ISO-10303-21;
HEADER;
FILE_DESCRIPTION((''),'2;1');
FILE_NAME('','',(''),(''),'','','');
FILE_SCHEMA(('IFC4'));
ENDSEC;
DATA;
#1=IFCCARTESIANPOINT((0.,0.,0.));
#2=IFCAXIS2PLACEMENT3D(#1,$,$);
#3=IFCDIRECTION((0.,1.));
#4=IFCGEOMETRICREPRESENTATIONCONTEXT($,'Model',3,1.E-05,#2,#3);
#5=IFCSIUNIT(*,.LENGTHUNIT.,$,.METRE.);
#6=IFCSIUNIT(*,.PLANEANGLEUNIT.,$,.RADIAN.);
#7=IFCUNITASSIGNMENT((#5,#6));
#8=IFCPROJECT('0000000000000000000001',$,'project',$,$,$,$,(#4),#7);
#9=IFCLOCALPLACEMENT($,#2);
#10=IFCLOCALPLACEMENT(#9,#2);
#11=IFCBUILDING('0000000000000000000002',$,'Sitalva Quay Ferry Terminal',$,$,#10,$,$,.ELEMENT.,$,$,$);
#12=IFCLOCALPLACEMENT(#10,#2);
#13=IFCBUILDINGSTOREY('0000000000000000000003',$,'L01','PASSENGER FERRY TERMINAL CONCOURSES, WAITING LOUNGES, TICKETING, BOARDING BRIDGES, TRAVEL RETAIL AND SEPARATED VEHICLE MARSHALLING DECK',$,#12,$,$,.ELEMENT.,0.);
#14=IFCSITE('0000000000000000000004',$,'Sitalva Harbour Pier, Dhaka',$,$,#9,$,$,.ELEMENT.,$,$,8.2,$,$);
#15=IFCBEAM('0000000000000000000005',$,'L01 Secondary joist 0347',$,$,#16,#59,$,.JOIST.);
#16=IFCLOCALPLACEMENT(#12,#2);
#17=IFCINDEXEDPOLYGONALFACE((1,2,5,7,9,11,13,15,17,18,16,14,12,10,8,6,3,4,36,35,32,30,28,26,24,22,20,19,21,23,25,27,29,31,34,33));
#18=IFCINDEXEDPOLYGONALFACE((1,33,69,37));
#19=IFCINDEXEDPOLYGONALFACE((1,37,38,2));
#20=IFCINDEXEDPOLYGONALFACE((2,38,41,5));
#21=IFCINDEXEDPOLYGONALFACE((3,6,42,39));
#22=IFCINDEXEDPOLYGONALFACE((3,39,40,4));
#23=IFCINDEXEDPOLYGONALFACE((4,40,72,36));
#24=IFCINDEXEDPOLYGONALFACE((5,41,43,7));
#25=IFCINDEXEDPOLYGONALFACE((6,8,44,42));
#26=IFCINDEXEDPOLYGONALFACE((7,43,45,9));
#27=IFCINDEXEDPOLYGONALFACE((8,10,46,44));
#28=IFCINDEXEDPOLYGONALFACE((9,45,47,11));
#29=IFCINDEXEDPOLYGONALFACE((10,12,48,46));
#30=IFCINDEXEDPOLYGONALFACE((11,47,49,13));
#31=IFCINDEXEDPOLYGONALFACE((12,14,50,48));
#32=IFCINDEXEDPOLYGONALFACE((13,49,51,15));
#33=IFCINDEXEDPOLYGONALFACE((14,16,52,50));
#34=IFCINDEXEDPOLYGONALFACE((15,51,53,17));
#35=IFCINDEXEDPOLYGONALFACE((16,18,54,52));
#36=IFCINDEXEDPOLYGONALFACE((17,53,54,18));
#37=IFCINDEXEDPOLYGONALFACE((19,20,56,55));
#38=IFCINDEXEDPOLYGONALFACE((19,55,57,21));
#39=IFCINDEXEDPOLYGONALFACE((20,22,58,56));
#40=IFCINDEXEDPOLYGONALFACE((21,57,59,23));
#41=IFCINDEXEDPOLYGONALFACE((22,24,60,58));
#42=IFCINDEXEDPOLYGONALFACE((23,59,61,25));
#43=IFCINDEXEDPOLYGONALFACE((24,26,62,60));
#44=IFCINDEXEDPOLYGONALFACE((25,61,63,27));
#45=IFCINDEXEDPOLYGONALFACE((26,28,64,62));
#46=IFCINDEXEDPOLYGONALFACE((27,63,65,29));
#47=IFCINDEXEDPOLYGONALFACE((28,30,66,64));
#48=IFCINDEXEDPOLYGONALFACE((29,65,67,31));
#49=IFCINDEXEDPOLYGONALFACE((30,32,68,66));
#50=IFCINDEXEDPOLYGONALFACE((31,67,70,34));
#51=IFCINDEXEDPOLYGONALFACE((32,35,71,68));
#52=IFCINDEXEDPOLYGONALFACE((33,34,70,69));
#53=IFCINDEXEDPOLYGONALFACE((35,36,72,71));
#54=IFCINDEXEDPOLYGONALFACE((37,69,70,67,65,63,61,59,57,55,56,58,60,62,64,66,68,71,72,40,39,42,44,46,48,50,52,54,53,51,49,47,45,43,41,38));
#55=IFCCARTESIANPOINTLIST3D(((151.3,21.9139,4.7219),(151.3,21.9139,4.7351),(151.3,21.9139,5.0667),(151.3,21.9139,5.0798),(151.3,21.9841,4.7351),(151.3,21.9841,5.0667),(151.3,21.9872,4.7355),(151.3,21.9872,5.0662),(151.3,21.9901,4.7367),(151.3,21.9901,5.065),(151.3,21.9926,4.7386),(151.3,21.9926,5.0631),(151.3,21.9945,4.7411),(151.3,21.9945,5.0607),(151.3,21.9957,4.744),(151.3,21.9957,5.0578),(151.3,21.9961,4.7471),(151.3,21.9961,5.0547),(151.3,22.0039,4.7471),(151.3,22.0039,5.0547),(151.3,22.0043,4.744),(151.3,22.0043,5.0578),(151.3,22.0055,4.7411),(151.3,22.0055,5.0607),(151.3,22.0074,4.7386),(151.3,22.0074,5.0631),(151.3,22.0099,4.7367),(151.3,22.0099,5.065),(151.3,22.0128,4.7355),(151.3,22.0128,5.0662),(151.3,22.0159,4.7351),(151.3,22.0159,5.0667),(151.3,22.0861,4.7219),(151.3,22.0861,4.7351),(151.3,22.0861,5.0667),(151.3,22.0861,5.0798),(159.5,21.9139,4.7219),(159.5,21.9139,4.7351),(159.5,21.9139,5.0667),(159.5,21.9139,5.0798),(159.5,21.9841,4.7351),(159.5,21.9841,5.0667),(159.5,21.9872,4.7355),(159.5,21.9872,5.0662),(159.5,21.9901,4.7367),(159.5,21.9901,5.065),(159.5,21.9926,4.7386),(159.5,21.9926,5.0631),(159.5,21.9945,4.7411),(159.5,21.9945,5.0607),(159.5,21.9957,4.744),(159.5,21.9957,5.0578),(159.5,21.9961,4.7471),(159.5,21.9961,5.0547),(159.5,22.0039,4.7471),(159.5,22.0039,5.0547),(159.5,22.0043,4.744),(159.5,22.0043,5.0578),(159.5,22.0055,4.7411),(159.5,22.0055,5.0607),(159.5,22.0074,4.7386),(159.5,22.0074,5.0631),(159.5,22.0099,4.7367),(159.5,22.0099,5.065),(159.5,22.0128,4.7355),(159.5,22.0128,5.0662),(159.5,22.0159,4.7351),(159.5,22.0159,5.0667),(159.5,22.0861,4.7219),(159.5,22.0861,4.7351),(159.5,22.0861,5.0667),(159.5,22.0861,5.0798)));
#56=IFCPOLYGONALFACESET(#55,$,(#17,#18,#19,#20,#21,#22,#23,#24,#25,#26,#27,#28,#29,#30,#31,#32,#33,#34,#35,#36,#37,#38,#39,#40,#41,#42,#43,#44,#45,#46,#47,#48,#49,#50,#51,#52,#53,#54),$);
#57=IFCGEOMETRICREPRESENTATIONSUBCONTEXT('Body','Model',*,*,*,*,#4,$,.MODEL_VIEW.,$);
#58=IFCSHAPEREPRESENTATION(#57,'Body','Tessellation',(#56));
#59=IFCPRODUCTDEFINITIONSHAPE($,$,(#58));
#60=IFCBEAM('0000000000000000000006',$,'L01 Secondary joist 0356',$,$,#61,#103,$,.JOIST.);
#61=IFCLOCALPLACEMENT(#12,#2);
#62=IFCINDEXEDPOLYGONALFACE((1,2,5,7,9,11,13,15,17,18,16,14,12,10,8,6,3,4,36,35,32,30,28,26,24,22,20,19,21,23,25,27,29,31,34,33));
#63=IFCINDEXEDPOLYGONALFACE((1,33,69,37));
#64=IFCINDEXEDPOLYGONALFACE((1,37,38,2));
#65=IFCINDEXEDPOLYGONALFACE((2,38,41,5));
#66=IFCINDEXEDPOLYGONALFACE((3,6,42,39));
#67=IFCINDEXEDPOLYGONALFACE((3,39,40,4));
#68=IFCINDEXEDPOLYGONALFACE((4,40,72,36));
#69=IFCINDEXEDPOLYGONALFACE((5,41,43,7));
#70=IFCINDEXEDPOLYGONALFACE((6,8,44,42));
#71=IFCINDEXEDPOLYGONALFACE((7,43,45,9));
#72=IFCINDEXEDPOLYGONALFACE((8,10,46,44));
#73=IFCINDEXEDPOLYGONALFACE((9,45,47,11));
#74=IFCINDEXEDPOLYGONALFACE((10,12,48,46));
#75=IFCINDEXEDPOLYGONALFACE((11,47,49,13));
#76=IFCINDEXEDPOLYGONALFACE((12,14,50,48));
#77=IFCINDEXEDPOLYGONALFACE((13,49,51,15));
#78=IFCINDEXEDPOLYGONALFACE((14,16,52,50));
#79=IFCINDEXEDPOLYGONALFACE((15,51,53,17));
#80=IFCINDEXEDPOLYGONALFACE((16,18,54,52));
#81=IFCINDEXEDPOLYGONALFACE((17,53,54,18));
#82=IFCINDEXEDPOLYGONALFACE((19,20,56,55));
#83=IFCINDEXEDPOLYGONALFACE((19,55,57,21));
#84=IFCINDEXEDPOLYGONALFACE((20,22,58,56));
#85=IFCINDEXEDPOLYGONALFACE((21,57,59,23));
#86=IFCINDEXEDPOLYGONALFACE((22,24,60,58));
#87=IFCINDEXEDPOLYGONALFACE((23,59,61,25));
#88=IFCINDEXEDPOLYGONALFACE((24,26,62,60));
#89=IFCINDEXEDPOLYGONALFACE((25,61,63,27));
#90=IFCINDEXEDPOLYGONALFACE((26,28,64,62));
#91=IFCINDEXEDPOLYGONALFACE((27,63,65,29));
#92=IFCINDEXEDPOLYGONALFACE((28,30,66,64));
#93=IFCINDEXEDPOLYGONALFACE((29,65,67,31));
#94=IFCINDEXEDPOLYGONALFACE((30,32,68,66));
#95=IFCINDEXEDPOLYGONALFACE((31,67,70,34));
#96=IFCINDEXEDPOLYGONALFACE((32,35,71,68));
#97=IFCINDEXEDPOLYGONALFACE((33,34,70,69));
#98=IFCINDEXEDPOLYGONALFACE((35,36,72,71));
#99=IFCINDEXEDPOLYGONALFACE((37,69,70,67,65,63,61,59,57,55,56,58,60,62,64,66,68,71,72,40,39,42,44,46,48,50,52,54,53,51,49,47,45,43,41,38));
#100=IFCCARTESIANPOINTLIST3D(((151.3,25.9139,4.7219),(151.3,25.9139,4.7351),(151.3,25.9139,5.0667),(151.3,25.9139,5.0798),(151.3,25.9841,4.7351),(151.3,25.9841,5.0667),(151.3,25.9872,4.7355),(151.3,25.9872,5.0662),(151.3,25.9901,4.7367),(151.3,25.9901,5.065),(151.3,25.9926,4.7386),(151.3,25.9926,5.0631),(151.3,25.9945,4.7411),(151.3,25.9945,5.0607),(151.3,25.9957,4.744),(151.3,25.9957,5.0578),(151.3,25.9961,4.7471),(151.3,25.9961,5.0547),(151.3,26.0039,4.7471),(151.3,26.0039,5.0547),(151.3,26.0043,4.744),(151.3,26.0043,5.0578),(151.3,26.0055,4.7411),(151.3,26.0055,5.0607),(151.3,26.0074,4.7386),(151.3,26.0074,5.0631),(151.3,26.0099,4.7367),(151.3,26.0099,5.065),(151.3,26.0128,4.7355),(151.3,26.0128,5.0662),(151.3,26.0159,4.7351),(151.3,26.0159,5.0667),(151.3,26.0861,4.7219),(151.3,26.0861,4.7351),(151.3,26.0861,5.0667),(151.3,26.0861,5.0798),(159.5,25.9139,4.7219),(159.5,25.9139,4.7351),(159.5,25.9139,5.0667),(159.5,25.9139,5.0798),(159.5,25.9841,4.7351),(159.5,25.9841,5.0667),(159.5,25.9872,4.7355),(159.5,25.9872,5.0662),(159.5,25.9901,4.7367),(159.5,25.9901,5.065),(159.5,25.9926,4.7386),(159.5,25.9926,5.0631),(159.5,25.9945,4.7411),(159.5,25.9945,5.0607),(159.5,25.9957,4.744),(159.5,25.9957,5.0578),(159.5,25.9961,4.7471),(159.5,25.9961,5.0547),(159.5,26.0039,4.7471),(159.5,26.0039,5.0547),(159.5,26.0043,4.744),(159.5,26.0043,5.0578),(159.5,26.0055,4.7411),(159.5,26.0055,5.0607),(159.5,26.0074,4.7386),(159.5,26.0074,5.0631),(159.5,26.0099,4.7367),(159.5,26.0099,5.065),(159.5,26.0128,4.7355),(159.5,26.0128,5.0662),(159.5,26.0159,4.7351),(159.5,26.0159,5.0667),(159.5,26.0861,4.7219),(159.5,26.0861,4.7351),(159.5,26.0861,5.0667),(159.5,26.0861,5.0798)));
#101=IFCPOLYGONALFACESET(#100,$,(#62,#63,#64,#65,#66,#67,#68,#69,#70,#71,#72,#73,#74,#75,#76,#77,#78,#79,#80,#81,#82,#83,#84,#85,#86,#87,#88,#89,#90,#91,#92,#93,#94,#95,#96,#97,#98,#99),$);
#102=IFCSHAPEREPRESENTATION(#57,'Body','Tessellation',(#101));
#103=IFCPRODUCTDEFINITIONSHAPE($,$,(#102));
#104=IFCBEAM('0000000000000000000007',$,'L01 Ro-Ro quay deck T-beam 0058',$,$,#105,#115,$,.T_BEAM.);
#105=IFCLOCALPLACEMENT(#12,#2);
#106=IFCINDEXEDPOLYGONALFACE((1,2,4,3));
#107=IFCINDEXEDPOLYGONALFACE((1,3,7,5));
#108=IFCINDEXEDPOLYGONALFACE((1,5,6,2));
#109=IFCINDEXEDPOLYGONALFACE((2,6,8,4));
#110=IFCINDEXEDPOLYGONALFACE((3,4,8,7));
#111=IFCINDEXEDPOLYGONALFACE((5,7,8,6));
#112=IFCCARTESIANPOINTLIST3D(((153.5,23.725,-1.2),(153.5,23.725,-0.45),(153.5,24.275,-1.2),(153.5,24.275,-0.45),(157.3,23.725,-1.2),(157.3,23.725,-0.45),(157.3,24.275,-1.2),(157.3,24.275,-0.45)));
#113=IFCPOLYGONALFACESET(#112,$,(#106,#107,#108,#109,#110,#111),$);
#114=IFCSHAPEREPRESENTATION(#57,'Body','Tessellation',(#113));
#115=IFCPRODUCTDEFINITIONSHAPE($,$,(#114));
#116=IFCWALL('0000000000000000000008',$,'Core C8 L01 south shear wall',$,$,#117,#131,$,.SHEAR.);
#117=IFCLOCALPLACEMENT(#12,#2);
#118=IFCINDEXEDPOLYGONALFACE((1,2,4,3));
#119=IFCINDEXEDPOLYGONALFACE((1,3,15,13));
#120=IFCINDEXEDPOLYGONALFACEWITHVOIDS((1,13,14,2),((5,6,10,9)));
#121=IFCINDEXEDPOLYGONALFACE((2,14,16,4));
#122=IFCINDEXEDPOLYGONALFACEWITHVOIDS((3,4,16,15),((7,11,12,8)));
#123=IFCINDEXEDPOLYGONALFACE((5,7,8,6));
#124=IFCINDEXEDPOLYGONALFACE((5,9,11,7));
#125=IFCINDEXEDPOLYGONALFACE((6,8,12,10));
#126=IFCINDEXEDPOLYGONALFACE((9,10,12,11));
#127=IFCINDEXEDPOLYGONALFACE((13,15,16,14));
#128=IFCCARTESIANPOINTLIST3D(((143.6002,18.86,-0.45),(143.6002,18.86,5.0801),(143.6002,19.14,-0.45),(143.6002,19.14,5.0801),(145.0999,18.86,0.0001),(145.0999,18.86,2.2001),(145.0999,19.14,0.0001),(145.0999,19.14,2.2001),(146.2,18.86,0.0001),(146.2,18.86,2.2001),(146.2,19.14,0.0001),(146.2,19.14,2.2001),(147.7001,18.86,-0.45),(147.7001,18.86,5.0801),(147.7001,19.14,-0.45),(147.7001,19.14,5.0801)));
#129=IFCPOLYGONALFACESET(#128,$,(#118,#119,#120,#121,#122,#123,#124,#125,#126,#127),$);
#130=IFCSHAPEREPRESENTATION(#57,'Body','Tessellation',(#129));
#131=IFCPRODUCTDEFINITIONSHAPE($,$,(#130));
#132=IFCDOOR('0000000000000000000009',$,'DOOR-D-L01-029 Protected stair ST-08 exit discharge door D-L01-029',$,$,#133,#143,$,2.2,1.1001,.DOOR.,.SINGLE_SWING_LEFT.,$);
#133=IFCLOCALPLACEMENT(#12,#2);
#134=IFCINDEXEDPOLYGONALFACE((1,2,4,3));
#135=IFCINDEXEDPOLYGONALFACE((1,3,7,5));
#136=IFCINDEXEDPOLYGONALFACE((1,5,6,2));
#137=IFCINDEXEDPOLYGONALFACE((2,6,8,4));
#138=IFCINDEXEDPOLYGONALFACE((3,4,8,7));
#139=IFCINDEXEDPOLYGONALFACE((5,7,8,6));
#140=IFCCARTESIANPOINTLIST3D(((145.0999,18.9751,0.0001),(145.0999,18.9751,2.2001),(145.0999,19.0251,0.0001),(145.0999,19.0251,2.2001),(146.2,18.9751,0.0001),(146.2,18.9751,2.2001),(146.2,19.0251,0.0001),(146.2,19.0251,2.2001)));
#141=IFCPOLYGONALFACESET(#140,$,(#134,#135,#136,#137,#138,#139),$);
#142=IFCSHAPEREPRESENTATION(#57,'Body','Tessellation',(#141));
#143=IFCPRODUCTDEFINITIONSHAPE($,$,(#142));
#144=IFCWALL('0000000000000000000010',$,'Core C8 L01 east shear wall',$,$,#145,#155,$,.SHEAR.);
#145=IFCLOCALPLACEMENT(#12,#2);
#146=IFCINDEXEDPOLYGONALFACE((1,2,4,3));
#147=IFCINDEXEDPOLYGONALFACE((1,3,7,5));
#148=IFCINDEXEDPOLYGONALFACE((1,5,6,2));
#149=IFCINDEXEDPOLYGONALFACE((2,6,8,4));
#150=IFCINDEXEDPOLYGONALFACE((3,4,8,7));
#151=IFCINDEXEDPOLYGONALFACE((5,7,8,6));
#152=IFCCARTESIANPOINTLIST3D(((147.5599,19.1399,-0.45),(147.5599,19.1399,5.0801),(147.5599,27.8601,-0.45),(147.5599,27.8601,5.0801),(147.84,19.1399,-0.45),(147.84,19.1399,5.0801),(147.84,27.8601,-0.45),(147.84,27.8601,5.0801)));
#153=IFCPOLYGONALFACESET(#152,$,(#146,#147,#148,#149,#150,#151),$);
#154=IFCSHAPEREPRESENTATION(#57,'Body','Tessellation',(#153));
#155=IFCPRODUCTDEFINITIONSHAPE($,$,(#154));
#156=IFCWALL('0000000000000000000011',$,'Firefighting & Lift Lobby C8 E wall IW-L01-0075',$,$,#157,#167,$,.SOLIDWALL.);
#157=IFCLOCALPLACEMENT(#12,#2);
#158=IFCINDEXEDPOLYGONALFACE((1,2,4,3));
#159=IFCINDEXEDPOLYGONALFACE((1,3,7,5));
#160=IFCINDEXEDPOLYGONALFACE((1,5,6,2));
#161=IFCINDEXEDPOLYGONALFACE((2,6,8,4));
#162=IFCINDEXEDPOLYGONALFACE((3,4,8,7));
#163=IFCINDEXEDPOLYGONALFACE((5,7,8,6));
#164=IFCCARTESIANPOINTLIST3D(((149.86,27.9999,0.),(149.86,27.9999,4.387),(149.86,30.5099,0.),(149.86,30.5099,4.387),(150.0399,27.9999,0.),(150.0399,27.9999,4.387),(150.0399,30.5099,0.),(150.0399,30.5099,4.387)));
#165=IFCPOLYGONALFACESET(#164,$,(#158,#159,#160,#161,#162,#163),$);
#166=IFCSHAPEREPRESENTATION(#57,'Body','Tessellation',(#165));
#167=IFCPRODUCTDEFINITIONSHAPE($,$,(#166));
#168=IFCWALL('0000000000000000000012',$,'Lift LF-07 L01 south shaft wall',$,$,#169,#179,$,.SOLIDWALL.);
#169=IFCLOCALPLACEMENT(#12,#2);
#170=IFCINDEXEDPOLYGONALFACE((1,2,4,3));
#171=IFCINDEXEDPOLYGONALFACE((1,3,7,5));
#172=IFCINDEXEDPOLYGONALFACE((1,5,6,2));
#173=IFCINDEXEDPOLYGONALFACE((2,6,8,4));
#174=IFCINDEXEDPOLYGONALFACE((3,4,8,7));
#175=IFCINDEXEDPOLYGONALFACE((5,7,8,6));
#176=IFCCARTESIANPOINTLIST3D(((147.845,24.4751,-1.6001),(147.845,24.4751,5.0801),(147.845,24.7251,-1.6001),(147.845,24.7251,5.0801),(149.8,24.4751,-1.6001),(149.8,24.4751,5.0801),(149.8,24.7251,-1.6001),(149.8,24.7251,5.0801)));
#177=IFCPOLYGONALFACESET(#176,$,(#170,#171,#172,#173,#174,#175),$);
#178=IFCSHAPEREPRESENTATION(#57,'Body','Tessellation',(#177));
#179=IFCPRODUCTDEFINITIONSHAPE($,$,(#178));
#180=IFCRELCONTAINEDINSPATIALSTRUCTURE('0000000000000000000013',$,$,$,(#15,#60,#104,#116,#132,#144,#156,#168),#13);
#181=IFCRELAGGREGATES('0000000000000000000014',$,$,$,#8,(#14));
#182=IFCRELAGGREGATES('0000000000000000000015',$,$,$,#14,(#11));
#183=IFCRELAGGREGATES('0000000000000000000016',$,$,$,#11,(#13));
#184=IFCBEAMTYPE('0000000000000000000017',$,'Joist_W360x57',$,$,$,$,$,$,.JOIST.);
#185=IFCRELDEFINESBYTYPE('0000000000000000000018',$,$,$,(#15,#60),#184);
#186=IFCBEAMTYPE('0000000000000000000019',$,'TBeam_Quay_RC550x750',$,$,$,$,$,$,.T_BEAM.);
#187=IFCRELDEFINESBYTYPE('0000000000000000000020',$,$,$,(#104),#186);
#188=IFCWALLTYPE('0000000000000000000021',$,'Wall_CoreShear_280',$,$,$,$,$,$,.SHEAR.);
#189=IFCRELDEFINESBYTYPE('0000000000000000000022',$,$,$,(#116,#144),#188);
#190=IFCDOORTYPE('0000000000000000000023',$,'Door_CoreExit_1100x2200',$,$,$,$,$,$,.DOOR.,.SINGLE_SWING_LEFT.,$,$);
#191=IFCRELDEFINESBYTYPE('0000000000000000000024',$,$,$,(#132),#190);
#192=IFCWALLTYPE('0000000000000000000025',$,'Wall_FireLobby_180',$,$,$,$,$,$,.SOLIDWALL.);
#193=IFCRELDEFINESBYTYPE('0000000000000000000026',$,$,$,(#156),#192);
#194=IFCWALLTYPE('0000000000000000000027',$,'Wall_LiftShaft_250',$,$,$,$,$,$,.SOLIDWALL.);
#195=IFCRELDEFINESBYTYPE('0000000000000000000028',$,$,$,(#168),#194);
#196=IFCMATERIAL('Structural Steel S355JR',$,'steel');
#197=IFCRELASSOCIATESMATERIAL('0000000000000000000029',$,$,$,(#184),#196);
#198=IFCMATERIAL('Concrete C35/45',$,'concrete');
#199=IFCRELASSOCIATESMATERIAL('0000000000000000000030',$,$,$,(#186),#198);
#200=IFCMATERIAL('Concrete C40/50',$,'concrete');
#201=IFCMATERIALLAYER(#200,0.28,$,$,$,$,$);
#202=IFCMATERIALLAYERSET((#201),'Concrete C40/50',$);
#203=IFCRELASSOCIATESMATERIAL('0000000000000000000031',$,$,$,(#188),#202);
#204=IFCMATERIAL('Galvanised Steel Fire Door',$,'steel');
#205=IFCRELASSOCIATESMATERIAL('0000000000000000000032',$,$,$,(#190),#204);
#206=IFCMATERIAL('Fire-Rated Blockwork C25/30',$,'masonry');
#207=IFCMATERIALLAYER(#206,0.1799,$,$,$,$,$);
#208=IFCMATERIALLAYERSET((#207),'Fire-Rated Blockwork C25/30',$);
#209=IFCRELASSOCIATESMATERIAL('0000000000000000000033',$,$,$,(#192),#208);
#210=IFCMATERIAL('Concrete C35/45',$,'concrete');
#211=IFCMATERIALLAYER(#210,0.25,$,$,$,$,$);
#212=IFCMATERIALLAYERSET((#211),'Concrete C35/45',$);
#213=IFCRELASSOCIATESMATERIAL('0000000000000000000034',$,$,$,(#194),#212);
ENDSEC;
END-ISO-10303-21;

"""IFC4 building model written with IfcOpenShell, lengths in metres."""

from ifc_helpers import new_model, si_unit, direction, frame, frame_2d, origin, origin_2d, place, context, subcontext, project, spatial, rectangle, i_section, extrude, material, layer, layer_set, material_profile, profile_set, type_object, element, fill, save


model = new_model("IFC4")

# Units and contexts
model_context = context("Model", 3, precision=1e-05, world=origin(), true_north=direction((0.0, 1.0)))
body_context = subcontext(model_context, "Body", "Model", "MODEL_VIEW")
ifc_project = project(units=[si_unit("LENGTHUNIT", "METRE"), si_unit("PLANEANGLEUNIT", "RADIAN")], contexts=[model_context])

# Site, building, storey
site_placement = place(None, origin())
site = spatial("IfcSite", under=ifc_project, at=site_placement, Name="Sitalva Harbour Pier, Dhaka", CompositionType="ELEMENT", RefElevation=8.2)
building_placement = place(site_placement, origin())
building = spatial("IfcBuilding", under=site, at=building_placement, Name="Sitalva Quay Ferry Terminal", CompositionType="ELEMENT")
storey_placement = place(building_placement, origin())
storey = spatial("IfcBuildingStorey", under=building, at=storey_placement, Name="L01", Description="PASSENGER FERRY TERMINAL CONCOURSES, WAITING LOUNGES, TICKETING, BOARDING BRIDGES, TRAVEL RETAIL AND SEPARATED VEHICLE MARSHALLING DECK", CompositionType="ELEMENT", Elevation=0.0)

# Beams
ifc_material_1 = material(Name="Structural Steel S355JR", Category="steel")
ifc_material_profile_1 = material_profile(ifc_material_1, i_section(OverallWidth=0.1721, OverallDepth=0.3579, WebThickness=0.0078, FlangeThickness=0.0132, FilletRadius=0.012, at=origin_2d()), Name="W360x57")
ifc_profile_set_1 = profile_set([ifc_material_profile_1], Name="Structural Steel S355JR")
beam_type_1 = type_object("IfcBeamType", Name="Joist_W360x57", PredefinedType="JOIST", material=ifc_profile_set_1)
for number, where, z_axis, x_axis, name in (
    (1, (151.3, 22.0, 4.9009), (1.0, 0.0, 0.0), (0.0, 1.0, 0.0), "L01 Secondary joist 0347"),
    (2, (151.3, 26.0, 4.9009), (1.0, 0.0, 0.0), (0.0, 1.0, 0.0), "L01 Secondary joist 0356"),
):
    element("IfcBeam", number, at=place(storey_placement, frame(where, z_axis=z_axis, x_axis=x_axis)), inside=storey, type_object=beam_type_1, Name=name, PredefinedType="JOIST", context=body_context, shape_type="SweptSolid", body=[
        extrude(i_section(OverallWidth=0.1721, OverallDepth=0.3579, WebThickness=0.0078, FlangeThickness=0.0132, FilletRadius=0.012, at=origin_2d()), origin(), (0.0, 0.0, 1.0), 8.2),
    ])
ifc_material_2 = material(Name="Concrete C35/45", Category="concrete")
ifc_material_profile_2 = material_profile(ifc_material_2, rectangle(XDim=0.55, YDim=0.75, at=origin_2d()), Name="RC550x750")
ifc_profile_set_2 = profile_set([ifc_material_profile_2], Name="Concrete C35/45")
beam_type_2 = type_object("IfcBeamType", Name="TBeam_Quay_RC550x750", PredefinedType="T_BEAM", material=ifc_profile_set_2)
beam_placement = place(storey_placement, frame((153.5, 24.0, -0.825), z_axis=(1.0, 0.0, 0.0), x_axis=(0.0, 1.0, 0.0)))
element("IfcBeam", 3, at=beam_placement, inside=storey, type_object=beam_type_2, Name="L01 Ro-Ro quay deck T-beam 0058", PredefinedType="T_BEAM", context=body_context, shape_type="SweptSolid", body=[
    extrude(rectangle(XDim=0.55, YDim=0.75, at=origin_2d()), origin(), (0.0, 0.0, 1.0), 3.8),
])

# Wall, opening, door
ifc_material_3 = material(Name="Concrete C40/50", Category="concrete")
ifc_layer_1 = layer(ifc_material_3, 0.28)
ifc_layer_set_1 = layer_set([ifc_layer_1], Name="Concrete C40/50")
wall_type_1 = type_object("IfcWallType", Name="Wall_CoreShear_280", PredefinedType="SHEAR", material=ifc_layer_set_1)
wall_1_placement = place(storey_placement, frame((147.7, 19.0, -0.45), z_axis=(0.0, 0.0, 1.0), x_axis=(-1.0, 0.0, 0.0)))
wall_1 = element("IfcWall", 4, at=wall_1_placement, inside=storey, type_object=wall_type_1, Name="Core C8 L01 south shear wall", PredefinedType="SHEAR", context=body_context, shape_type="SweptSolid", body=[
    extrude(rectangle(XDim=4.0999, YDim=0.28, at=frame_2d((2.0498, 0.0))), origin(), (0.0, 0.0, 1.0), 5.53),
])
opening_1_placement = place(wall_1_placement, frame((1.5, 0.0, 0.45)))
opening_1 = element("IfcOpeningElement", 5, at=opening_1_placement, cuts=wall_1, PredefinedType="OPENING", context=body_context, shape_type="SweptSolid", body=[
    extrude(rectangle(XDim=1.1001, YDim=2.2, at=frame_2d((0.55, 1.1001))), frame((0.0, 0.1499, 0.0), z_axis=(0.0, -1.0, 0.0), x_axis=(1.0, 0.0, 0.0)), (0.0, 0.0, 1.0), 0.3),
])
ifc_material_4 = material(Name="Galvanised Steel Fire Door", Category="steel")
door_type_1 = type_object("IfcDoorType", Name="Door_CoreExit_1100x2200", OperationType="SINGLE_SWING_LEFT", PredefinedType="DOOR", material=ifc_material_4)
door_1_placement = place(opening_1_placement, origin())
door_1 = element("IfcDoor", 6, at=door_1_placement, inside=storey, type_object=door_type_1, Name="DOOR-D-L01-029 Protected stair ST-08 exit discharge door D-L01-029", OperationType="SINGLE_SWING_LEFT", OverallHeight=2.2, OverallWidth=1.1001, PredefinedType="DOOR", context=body_context, shape_type="SweptSolid", body=[
    extrude(rectangle(XDim=1.1001, YDim=2.2, at=frame_2d((0.55, 1.1001))), frame((0.0, 0.0249, 0.0), z_axis=(0.0, -1.0, 0.0), x_axis=(1.0, 0.0, 0.0)), (0.0, 0.0, 1.0), 0.05),
])
fill(opening_1, door_1)

# Walls
wall_2_placement = place(storey_placement, frame((147.7, 19.1399, -0.45), z_axis=(0.0, 0.0, 1.0), x_axis=(0.0, 1.0, 0.0)))
element("IfcWall", 7, at=wall_2_placement, inside=storey, type_object=wall_type_1, Name="Core C8 L01 east shear wall", PredefinedType="SHEAR", context=body_context, shape_type="SweptSolid", body=[
    extrude(rectangle(XDim=8.7202, YDim=0.28, at=frame_2d((4.3601, 0.0))), origin(), (0.0, 0.0, 1.0), 5.53),
])
ifc_material_5 = material(Name="Fire-Rated Blockwork C25/30", Category="masonry")
ifc_layer_2 = layer(ifc_material_5, 0.1799)
ifc_layer_set_2 = layer_set([ifc_layer_2], Name="Fire-Rated Blockwork C25/30")
wall_type_2 = type_object("IfcWallType", Name="Wall_FireLobby_180", PredefinedType="SOLIDWALL", material=ifc_layer_set_2)
wall_3_placement = place(storey_placement, frame((149.95, 28.0, 0.0), z_axis=(0.0, 0.0, 1.0), x_axis=(0.0, 1.0, 0.0)))
element("IfcWall", 8, at=wall_3_placement, inside=storey, type_object=wall_type_2, Name="Firefighting & Lift Lobby C8 E wall IW-L01-0075", PredefinedType="SOLIDWALL", context=body_context, shape_type="SweptSolid", body=[
    extrude(rectangle(XDim=2.51, YDim=0.1799, at=frame_2d((1.2549, 0.0))), origin(), (0.0, 0.0, 1.0), 4.387),
])
ifc_material_6 = material(Name="Concrete C35/45", Category="concrete")
ifc_layer_3 = layer(ifc_material_6, 0.25)
ifc_layer_set_3 = layer_set([ifc_layer_3], Name="Concrete C35/45")
wall_type_3 = type_object("IfcWallType", Name="Wall_LiftShaft_250", PredefinedType="SOLIDWALL", material=ifc_layer_set_3)
wall_4_placement = place(storey_placement, frame((147.845, 24.6001, -1.6001), z_axis=(0.0, 0.0, 1.0), x_axis=(1.0, 0.0, 0.0)))
element("IfcWall", 9, at=wall_4_placement, inside=storey, type_object=wall_type_3, Name="Lift LF-07 L01 south shaft wall", PredefinedType="SOLIDWALL", context=body_context, shape_type="SweptSolid", body=[
    extrude(rectangle(XDim=1.9551, YDim=0.25, at=frame_2d((0.9775, 0.0))), origin(), (0.0, 0.0, 1.0), 6.6802),
])

save(model, "model.ifc")
